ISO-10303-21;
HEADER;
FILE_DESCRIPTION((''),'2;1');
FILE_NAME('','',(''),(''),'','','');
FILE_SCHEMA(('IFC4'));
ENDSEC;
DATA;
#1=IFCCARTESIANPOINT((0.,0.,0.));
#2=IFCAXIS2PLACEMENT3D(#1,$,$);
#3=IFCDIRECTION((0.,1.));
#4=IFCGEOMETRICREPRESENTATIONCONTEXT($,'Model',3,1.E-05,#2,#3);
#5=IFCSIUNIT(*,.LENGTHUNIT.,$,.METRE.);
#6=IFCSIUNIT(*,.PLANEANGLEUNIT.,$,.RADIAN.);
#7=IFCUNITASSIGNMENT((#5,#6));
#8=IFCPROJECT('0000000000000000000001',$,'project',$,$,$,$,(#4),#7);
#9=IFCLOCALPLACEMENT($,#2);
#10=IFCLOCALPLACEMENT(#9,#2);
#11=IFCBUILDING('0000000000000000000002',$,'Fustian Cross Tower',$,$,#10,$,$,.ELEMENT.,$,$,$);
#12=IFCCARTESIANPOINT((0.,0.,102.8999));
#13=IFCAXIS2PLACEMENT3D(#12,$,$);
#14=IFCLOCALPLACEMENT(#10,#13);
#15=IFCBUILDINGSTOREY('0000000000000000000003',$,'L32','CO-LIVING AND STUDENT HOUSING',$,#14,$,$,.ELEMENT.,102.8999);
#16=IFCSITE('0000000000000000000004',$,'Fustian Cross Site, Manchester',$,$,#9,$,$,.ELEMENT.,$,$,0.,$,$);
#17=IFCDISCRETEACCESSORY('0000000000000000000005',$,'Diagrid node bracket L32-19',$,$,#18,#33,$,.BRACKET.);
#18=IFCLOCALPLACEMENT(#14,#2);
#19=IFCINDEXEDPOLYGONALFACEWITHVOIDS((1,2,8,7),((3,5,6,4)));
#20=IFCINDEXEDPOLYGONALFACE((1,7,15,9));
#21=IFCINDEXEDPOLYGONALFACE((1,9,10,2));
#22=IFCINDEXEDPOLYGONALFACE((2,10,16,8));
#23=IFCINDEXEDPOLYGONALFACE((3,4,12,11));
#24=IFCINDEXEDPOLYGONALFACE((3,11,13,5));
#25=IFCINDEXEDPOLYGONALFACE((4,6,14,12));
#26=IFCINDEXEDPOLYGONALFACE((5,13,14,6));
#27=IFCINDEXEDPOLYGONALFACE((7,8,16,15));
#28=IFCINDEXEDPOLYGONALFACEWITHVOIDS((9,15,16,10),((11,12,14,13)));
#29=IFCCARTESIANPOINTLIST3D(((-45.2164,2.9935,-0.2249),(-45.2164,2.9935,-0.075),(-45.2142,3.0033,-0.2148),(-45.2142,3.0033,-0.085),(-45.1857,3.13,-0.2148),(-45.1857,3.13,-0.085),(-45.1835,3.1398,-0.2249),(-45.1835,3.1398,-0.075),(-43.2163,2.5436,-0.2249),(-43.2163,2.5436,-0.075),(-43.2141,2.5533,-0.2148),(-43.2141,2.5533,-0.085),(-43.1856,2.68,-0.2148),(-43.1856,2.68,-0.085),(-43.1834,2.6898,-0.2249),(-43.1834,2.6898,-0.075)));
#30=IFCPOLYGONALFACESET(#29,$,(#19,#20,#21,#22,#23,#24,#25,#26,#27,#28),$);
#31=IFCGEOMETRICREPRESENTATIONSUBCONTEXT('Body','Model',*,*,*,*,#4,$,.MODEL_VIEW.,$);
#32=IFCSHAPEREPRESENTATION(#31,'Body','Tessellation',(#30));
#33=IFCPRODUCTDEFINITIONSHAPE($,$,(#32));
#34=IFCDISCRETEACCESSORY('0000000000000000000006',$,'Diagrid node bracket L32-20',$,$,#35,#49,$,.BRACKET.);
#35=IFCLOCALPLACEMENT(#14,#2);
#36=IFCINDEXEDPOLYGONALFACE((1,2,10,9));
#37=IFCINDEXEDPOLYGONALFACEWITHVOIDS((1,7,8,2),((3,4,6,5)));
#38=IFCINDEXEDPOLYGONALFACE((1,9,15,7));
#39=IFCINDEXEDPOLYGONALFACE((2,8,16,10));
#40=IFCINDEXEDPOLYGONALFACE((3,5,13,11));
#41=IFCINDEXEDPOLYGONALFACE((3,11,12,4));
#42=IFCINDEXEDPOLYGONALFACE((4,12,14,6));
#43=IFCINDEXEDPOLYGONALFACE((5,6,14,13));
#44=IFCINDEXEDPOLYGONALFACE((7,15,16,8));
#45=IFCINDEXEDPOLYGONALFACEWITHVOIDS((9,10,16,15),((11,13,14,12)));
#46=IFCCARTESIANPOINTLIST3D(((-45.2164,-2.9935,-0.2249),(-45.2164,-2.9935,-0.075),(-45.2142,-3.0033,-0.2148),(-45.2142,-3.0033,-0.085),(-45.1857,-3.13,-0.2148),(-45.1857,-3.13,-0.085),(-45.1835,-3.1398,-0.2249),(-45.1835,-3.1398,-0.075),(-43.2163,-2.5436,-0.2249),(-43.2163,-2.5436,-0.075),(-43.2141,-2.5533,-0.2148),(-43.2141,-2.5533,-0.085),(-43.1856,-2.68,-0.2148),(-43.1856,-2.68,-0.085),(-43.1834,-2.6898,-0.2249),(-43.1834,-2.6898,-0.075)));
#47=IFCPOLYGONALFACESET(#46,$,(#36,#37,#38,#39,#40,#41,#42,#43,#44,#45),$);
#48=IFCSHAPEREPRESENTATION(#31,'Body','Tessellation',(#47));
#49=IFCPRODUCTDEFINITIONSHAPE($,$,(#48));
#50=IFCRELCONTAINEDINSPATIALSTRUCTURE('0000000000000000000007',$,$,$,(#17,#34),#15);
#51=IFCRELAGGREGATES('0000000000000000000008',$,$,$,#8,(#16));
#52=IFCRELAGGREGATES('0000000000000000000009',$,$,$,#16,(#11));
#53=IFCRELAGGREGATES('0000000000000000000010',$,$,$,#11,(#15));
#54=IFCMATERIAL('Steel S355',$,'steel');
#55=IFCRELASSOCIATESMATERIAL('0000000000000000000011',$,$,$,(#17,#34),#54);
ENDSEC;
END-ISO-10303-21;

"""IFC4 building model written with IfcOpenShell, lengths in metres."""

from ifc_helpers import new_model, si_unit, direction, frame, origin, origin_2d, place, context, subcontext, project, spatial, hollow_rectangle, extrude, material, element, save


model = new_model("IFC4")

# Units and contexts
model_context = context("Model", 3, precision=1e-05, world=origin(), true_north=direction((0.0, 1.0)))
body_context = subcontext(model_context, "Body", "Model", "MODEL_VIEW")
ifc_project = project(units=[si_unit("LENGTHUNIT", "METRE"), si_unit("PLANEANGLEUNIT", "RADIAN")], contexts=[model_context])

# Site, building, storey
site_placement = place(None, origin())
site = spatial("IfcSite", under=ifc_project, at=site_placement, Name="Fustian Cross Site, Manchester", CompositionType="ELEMENT", RefElevation=0.0)
building_placement = place(site_placement, origin())
building = spatial("IfcBuilding", under=site, at=building_placement, Name="Fustian Cross Tower", CompositionType="ELEMENT")
storey_placement = place(building_placement, frame((0.0, 0.0, 102.8999)))
storey = spatial("IfcBuildingStorey", under=building, at=storey_placement, Name="L32", Description="CO-LIVING AND STUDENT HOUSING", CompositionType="ELEMENT", Elevation=102.8999)

# Discrete accessories
ifc_material_1 = material(Name="Steel S355", Category="steel")
for number, where, z_axis, x_axis, name in (
    (1, (-45.2, 3.0667, -0.1499), (0.975615, -0.21949, 0.0), (0.21949, 0.975615, 0.0), "Diagrid node bracket L32-19"),
    (2, (-45.2, -3.0667, -0.1499), (0.975615, 0.21949, 0.0), (-0.21949, 0.975615, 0.0), "Diagrid node bracket L32-20"),
):
    element("IfcDiscreteAccessory", number, at=place(storey_placement, frame(where, z_axis=z_axis, x_axis=x_axis)), inside=storey, material=ifc_material_1, Name=name, PredefinedType="BRACKET", context=body_context, shape_type="SweptSolid", body=[
        extrude(hollow_rectangle(XDim=0.1499, YDim=0.1499, WallThickness=0.01, at=origin_2d()), origin(), (0.0, 0.0, 1.0), 2.05),
    ])

save(model, "model.ifc")
